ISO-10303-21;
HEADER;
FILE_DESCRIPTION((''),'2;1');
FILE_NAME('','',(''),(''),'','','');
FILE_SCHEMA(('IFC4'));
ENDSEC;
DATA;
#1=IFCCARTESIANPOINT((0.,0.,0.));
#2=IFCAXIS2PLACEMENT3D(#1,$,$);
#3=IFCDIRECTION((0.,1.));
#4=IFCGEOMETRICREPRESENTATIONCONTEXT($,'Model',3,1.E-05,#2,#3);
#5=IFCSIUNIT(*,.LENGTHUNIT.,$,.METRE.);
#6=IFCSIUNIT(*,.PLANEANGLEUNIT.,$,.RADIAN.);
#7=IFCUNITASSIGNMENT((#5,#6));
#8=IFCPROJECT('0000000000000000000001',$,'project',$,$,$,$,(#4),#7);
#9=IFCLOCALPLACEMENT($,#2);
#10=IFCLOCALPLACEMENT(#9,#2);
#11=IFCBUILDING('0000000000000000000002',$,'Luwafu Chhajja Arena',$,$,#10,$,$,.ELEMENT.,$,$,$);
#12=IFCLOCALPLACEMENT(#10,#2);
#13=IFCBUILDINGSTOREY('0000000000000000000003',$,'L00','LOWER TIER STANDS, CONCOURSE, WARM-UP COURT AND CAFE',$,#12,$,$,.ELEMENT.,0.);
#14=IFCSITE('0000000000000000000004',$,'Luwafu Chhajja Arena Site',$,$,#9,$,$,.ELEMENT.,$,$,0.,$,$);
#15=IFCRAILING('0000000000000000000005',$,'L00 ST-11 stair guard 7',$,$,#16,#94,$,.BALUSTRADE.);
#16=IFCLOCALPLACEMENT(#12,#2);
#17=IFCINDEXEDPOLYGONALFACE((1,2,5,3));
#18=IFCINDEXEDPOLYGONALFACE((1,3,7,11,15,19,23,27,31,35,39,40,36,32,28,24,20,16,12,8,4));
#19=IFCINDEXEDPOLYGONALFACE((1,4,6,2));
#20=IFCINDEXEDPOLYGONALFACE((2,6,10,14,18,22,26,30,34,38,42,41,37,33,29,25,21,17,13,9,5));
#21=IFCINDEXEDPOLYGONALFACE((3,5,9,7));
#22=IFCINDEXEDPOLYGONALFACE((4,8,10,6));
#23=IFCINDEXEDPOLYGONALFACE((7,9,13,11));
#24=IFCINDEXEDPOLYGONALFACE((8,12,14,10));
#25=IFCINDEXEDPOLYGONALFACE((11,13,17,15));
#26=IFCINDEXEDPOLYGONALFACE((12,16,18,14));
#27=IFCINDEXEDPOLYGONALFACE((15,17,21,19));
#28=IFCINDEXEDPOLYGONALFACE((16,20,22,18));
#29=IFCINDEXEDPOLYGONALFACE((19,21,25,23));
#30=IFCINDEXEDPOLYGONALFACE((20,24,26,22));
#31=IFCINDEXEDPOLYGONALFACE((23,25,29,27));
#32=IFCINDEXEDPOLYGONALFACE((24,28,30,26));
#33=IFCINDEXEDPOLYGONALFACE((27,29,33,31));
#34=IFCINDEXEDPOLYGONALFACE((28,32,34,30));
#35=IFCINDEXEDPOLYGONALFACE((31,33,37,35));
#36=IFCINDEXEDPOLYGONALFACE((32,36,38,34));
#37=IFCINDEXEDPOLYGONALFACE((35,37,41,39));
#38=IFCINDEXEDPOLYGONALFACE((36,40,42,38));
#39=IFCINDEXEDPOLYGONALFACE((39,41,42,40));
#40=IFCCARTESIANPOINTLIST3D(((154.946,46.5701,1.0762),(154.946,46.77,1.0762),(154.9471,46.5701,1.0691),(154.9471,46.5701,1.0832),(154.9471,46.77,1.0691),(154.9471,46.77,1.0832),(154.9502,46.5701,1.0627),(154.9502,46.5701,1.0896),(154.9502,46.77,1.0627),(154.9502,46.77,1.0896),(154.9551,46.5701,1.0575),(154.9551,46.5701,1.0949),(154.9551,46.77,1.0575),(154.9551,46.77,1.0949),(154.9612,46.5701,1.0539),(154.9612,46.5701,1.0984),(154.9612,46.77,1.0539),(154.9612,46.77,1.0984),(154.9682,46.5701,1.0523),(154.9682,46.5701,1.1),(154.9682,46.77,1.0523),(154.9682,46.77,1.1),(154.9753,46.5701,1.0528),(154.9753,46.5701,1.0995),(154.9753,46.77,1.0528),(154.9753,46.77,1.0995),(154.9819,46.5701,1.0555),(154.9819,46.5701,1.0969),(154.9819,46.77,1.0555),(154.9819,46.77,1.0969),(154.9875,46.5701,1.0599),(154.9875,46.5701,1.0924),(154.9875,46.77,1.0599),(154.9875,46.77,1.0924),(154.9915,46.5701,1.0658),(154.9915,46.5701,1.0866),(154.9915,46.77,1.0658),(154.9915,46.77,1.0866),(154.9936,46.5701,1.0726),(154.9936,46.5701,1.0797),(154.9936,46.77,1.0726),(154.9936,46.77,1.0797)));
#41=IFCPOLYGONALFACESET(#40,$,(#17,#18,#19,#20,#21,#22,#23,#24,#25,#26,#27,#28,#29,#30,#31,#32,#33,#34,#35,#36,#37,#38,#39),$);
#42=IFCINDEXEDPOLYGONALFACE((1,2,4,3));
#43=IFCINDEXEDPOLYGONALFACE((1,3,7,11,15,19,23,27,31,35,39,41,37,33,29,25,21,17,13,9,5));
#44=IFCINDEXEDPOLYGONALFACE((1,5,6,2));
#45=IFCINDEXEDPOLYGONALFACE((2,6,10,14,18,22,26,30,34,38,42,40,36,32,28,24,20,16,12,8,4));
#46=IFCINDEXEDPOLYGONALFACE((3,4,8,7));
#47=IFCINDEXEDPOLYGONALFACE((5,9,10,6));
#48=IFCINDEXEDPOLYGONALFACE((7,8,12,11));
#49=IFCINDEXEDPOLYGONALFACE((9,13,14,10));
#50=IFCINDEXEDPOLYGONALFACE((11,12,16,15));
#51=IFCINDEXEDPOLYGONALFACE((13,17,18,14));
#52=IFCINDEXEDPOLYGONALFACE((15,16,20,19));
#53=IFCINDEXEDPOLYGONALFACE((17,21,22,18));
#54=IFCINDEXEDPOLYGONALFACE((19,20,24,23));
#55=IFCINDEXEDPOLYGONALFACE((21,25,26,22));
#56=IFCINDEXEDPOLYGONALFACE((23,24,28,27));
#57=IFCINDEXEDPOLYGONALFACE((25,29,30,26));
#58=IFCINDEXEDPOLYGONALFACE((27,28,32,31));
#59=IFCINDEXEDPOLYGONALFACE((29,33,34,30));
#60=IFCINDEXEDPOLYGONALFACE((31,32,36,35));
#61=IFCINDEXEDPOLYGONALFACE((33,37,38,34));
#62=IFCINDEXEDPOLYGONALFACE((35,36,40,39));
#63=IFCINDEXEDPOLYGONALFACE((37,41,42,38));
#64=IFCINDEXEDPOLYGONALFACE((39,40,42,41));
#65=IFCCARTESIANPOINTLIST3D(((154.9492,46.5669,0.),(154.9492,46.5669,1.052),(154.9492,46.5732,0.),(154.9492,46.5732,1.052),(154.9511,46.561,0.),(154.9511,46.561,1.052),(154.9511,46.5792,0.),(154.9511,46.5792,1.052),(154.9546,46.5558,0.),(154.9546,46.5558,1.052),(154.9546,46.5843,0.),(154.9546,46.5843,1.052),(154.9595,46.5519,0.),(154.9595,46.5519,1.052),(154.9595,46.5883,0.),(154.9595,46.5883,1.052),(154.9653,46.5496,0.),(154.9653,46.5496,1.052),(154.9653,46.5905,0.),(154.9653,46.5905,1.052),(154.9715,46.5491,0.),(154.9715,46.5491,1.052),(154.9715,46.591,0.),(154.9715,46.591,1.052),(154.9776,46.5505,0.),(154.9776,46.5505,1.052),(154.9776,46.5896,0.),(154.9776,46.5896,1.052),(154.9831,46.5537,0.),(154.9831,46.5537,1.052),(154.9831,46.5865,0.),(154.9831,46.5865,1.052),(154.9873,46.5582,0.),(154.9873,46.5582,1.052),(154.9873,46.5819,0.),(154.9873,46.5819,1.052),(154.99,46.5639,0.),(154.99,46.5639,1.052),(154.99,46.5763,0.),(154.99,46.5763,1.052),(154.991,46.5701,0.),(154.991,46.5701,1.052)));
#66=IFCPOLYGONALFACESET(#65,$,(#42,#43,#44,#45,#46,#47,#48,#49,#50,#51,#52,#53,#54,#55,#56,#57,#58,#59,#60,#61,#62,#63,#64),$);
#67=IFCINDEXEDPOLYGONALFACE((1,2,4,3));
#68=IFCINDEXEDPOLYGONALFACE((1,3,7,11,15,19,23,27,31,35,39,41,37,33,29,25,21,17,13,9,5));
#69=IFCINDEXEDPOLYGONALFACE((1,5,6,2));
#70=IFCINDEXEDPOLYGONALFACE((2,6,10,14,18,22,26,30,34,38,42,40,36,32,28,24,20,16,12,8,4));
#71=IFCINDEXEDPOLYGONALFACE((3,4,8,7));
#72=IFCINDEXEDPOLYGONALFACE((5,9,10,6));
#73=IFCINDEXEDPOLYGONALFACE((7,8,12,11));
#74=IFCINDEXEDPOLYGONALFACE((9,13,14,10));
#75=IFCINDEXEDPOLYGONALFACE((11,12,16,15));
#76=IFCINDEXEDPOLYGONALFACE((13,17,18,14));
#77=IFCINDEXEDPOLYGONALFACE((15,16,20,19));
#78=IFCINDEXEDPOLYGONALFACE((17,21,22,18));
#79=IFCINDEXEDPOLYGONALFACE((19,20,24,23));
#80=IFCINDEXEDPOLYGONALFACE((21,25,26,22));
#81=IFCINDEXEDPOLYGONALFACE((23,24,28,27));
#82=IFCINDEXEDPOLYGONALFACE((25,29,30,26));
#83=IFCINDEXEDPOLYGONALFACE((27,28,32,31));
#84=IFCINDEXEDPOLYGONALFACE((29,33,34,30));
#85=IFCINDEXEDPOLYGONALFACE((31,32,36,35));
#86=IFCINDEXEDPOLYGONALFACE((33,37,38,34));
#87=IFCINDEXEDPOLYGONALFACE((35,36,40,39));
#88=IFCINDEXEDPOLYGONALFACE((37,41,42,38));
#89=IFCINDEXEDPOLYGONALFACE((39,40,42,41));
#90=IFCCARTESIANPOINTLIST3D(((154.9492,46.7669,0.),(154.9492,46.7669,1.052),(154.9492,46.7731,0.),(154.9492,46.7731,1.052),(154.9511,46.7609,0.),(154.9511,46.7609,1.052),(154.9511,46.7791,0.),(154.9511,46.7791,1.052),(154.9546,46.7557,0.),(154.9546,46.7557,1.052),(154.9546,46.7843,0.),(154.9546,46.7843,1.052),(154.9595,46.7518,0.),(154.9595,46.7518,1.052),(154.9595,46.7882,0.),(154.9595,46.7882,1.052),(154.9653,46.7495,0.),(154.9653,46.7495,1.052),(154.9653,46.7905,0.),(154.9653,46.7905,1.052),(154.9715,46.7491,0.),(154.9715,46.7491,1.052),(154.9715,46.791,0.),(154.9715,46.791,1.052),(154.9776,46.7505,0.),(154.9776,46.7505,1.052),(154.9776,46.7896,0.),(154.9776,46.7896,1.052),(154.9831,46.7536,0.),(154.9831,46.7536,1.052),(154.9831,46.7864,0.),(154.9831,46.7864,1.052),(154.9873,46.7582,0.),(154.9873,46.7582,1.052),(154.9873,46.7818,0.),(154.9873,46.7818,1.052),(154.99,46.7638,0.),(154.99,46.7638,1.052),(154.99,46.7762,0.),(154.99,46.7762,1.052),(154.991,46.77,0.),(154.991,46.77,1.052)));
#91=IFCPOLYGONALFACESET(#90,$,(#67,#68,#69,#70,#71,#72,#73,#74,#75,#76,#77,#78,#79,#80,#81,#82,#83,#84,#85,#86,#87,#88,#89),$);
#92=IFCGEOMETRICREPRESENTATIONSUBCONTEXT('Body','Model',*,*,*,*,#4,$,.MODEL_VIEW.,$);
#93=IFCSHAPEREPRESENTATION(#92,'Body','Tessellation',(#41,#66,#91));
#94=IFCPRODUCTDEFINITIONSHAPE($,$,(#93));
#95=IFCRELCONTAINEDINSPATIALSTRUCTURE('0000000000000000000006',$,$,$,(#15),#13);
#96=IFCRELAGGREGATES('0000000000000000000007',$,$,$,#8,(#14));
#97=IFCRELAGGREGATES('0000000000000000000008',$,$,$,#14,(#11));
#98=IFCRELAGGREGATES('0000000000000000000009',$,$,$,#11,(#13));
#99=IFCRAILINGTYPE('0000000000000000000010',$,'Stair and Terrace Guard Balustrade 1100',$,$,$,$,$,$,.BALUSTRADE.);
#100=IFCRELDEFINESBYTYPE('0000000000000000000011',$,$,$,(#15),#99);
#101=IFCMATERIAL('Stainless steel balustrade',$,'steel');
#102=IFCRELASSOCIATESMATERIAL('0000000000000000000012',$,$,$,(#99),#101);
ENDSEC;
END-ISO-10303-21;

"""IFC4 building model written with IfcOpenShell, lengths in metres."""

from ifc_helpers import new_model, si_unit, direction, frame, origin, origin_2d, place, context, subcontext, project, spatial, circle, extrude, material, type_object, element, save


model = new_model("IFC4")

# Units and contexts
model_context = context("Model", 3, precision=1e-05, world=origin(), true_north=direction((0.0, 1.0)))
body_context = subcontext(model_context, "Body", "Model", "MODEL_VIEW")
ifc_project = project(units=[si_unit("LENGTHUNIT", "METRE"), si_unit("PLANEANGLEUNIT", "RADIAN")], contexts=[model_context])

# Site, building, storey
site_placement = place(None, origin())
site = spatial("IfcSite", under=ifc_project, at=site_placement, Name="Luwafu Chhajja Arena Site", CompositionType="ELEMENT", RefElevation=0.0)
building_placement = place(site_placement, origin())
building = spatial("IfcBuilding", under=site, at=building_placement, Name="Luwafu Chhajja Arena", CompositionType="ELEMENT")
storey_placement = place(building_placement, origin())
storey = spatial("IfcBuildingStorey", under=building, at=storey_placement, Name="L00", Description="LOWER TIER STANDS, CONCOURSE, WARM-UP COURT AND CAFE", CompositionType="ELEMENT", Elevation=0.0)

# Railing
ifc_material_1 = material(Name="Stainless steel balustrade", Category="steel")
railing_type_1 = type_object("IfcRailingType", Name="Stair and Terrace Guard Balustrade 1100", PredefinedType="BALUSTRADE", material=ifc_material_1)
railing_1_placement = place(storey_placement, frame((154.97, 46.5701, 0.0)))
element("IfcRailing", 1, at=railing_1_placement, inside=storey, type_object=railing_type_1, Name="L00 ST-11 stair guard 7", PredefinedType="BALUSTRADE", context=body_context, shape_type="SweptSolid", body=[
    extrude(circle(Radius=0.0239, at=origin_2d()), frame((0.0, 0.0, 1.0762), z_axis=(0.0, 1.0, 0.0), x_axis=(-1.0, 0.0, 0.0)), (0.0, 0.0, 1.0), 0.2),
    extrude(circle(Radius=0.021, at=origin_2d()), origin(), (0.0, 0.0, 1.0), 1.052),
    extrude(circle(Radius=0.021, at=origin_2d()), frame((0.0, 0.2, 0.0)), (0.0, 0.0, 1.0), 1.052),
])

save(model, "model.ifc")
